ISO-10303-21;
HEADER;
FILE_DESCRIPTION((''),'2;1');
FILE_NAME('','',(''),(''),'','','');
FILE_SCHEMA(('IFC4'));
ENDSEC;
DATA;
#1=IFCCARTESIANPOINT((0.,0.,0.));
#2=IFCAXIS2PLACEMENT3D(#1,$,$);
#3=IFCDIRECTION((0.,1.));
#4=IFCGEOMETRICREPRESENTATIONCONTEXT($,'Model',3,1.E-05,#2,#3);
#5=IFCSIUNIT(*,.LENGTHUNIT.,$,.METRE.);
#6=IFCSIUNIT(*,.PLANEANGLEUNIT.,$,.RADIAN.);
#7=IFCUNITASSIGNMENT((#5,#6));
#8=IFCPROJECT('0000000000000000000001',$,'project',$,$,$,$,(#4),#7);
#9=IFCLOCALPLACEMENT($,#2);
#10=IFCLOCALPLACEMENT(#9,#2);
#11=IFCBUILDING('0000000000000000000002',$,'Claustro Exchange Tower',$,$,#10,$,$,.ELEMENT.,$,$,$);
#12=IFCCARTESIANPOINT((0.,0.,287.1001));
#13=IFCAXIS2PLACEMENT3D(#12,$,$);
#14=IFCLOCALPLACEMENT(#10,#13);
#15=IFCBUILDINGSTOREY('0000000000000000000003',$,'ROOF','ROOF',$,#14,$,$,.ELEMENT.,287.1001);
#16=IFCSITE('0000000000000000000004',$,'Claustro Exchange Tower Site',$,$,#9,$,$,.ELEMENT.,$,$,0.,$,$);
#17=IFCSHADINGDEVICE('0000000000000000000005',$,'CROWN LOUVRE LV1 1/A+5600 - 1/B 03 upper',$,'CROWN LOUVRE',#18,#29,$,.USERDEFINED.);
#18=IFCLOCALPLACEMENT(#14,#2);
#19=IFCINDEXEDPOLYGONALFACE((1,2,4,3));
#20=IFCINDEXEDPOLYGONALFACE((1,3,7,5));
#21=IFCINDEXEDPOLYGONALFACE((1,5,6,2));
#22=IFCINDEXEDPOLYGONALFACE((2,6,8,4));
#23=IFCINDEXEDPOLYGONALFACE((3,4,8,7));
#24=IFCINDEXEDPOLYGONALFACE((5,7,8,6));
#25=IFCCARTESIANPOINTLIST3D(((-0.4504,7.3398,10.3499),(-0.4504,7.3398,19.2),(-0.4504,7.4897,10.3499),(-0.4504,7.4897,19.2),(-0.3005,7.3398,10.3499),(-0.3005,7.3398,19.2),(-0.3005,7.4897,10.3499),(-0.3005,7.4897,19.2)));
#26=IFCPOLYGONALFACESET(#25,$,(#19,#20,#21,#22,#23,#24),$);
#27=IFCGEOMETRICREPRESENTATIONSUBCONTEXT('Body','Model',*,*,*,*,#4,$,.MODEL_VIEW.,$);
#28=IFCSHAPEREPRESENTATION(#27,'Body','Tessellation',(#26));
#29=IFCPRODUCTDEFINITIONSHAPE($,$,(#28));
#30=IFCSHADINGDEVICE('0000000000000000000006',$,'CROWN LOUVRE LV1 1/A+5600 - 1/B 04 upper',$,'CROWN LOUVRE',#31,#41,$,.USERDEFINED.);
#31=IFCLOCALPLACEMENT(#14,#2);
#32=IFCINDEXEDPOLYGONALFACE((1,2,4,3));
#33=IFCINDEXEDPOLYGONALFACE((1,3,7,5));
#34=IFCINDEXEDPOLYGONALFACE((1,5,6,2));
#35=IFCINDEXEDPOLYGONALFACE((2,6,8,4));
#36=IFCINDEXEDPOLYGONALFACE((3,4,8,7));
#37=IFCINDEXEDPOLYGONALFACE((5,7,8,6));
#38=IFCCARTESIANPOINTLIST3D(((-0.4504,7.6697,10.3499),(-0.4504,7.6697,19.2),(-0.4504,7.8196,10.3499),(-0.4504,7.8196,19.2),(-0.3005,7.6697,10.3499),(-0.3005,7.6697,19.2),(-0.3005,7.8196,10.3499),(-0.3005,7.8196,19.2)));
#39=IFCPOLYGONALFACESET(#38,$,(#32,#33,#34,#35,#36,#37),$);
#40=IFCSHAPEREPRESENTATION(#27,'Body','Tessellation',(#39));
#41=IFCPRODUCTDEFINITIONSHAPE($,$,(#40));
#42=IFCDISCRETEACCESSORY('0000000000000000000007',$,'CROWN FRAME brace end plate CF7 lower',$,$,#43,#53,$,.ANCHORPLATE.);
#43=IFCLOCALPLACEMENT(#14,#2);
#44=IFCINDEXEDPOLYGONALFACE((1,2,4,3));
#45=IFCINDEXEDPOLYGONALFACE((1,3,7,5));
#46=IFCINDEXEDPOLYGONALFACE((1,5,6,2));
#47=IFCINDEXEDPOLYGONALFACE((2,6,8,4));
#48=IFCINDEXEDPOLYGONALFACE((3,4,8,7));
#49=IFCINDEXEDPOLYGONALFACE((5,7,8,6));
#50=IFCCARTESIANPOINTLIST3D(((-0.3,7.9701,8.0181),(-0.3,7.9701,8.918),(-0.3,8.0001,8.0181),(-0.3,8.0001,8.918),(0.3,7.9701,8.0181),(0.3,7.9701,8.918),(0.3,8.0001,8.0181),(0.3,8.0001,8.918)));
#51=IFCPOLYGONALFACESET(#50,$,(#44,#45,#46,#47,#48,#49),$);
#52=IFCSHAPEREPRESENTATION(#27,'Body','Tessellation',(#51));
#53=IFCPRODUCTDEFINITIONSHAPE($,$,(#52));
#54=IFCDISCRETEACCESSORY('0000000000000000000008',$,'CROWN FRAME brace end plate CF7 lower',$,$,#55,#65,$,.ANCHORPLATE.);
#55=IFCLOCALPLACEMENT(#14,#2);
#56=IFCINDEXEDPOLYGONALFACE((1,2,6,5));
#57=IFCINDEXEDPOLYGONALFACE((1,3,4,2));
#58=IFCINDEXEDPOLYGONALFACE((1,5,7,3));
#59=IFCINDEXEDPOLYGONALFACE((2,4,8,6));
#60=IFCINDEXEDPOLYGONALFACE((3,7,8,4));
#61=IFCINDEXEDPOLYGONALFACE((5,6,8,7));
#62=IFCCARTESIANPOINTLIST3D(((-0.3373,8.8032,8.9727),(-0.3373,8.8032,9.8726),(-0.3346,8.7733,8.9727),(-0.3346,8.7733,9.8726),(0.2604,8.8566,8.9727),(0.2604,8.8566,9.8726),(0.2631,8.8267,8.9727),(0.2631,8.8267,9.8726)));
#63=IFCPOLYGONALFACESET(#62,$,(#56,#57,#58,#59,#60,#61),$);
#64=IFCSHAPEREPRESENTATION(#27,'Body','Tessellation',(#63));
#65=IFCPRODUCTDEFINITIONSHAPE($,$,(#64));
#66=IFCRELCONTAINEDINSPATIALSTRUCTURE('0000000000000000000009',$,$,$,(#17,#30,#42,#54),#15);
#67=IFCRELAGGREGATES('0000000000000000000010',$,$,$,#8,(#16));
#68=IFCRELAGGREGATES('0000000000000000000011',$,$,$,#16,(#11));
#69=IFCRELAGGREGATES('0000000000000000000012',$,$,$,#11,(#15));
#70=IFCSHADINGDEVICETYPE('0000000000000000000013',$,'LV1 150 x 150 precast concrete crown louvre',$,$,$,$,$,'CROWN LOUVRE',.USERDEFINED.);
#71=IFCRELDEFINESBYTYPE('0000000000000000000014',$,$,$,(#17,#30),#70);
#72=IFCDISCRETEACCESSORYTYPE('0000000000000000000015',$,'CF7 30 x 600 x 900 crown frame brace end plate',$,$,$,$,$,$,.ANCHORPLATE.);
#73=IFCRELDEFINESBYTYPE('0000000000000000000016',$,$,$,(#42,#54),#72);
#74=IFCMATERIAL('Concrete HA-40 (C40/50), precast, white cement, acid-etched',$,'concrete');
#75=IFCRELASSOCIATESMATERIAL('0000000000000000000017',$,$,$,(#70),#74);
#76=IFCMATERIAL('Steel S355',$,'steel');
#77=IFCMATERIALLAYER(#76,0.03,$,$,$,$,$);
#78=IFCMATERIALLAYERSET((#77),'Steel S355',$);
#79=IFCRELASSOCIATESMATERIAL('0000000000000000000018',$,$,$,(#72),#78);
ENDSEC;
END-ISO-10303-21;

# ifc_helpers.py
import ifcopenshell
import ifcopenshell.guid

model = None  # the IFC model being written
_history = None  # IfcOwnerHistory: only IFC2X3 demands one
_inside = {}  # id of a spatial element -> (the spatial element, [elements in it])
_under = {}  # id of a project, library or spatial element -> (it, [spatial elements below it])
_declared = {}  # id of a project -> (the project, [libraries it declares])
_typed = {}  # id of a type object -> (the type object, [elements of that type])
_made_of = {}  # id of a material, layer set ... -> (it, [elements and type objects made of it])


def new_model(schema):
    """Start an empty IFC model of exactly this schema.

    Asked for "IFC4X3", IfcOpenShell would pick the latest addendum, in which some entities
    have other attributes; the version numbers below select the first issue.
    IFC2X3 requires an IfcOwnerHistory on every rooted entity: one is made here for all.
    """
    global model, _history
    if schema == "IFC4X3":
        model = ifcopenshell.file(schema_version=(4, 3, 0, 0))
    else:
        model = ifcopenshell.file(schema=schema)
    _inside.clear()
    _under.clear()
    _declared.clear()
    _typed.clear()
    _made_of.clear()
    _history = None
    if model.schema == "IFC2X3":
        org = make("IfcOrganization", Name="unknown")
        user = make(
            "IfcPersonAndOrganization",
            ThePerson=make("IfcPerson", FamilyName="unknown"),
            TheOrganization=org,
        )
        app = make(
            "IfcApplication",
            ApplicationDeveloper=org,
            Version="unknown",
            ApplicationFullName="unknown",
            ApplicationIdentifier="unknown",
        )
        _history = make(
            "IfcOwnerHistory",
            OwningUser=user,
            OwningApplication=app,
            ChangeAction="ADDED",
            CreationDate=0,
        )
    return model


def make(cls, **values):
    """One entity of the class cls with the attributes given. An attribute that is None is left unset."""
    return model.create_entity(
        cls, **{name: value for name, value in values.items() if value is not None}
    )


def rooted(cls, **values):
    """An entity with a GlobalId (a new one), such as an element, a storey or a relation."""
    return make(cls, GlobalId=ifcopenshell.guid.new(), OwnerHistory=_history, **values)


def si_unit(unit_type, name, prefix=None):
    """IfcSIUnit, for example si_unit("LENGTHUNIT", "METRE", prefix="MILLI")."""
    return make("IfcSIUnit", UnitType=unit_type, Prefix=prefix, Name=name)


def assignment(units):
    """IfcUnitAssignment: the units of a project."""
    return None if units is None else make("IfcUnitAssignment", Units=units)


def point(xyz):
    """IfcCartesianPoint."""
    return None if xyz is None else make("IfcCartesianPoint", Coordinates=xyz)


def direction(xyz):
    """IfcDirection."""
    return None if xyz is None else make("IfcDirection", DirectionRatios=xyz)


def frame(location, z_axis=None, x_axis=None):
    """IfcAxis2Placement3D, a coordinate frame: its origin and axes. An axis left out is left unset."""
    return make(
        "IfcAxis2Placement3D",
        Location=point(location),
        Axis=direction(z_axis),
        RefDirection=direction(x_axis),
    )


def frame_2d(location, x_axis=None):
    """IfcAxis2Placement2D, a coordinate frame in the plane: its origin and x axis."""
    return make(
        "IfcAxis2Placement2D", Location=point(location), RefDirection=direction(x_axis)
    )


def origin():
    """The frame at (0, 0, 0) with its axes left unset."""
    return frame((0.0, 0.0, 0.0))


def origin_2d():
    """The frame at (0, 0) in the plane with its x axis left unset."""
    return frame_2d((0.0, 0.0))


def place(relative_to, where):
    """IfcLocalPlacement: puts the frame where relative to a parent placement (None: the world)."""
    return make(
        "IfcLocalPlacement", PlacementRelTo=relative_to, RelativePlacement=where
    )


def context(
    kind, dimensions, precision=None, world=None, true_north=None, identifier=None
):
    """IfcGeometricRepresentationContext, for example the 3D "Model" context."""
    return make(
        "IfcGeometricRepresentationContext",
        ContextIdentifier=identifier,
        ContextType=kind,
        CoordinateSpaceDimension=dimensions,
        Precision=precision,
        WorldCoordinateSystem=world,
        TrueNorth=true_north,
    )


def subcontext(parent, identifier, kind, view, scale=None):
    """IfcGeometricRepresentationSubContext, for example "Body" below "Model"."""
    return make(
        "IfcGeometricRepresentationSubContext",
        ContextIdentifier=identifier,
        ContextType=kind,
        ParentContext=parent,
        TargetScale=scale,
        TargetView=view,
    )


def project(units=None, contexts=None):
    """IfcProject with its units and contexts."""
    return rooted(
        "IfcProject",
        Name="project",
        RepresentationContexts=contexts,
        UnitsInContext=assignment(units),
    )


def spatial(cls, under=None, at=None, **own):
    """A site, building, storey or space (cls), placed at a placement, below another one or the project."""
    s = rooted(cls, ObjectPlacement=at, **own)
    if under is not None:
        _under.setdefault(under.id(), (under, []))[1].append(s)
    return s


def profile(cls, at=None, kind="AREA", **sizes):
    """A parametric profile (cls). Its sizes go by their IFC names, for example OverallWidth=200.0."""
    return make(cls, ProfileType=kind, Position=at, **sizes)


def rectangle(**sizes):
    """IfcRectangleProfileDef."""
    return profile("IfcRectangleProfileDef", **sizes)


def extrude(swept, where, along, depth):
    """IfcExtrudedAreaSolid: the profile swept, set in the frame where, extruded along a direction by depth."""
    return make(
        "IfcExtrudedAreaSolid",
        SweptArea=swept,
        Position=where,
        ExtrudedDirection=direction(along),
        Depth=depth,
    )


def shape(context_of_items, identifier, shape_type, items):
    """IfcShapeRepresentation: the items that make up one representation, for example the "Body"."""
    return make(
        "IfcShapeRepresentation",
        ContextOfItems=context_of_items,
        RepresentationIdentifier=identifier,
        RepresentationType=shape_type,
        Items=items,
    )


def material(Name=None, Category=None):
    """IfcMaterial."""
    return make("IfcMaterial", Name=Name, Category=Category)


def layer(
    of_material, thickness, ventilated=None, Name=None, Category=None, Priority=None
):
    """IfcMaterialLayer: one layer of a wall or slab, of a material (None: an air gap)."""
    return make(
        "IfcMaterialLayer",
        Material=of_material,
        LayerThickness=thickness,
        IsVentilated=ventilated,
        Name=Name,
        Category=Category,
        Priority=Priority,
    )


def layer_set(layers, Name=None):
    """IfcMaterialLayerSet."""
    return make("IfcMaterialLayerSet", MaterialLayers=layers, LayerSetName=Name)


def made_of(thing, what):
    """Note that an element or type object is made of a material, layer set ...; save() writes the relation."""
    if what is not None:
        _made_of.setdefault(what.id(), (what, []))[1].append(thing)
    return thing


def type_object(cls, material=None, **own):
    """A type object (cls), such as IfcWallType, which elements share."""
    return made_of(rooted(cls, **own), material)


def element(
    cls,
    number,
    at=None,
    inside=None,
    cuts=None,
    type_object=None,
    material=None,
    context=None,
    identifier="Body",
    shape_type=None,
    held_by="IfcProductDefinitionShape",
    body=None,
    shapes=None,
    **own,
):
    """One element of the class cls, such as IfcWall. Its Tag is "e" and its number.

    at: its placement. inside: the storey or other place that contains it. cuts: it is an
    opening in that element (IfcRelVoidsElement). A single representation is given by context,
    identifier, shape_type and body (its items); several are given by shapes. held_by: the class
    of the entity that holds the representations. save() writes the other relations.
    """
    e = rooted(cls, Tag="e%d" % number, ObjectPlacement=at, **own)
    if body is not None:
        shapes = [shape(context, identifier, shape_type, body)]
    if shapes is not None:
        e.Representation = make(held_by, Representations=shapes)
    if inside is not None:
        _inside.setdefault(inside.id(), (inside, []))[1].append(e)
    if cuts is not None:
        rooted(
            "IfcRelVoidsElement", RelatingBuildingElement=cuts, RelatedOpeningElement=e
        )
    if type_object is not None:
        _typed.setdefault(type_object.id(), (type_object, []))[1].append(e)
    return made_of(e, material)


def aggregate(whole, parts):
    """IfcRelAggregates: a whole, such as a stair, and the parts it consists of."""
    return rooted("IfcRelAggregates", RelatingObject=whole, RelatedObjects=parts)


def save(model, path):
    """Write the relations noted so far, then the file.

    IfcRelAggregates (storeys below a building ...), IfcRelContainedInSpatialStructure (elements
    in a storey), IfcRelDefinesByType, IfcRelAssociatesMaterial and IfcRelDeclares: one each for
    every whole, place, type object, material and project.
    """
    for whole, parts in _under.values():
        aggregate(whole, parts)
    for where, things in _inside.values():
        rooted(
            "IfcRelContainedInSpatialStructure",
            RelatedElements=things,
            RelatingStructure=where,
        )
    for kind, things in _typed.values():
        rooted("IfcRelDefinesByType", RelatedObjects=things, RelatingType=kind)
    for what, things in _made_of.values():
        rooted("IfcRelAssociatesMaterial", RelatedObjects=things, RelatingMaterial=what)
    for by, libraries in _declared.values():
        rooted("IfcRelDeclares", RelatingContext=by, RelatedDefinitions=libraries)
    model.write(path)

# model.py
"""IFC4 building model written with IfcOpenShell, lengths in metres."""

from ifc_helpers import new_model, si_unit, direction, frame, origin, origin_2d, place, context, subcontext, project, spatial, rectangle, extrude, material, layer, layer_set, type_object, element, save


model = new_model("IFC4")

# Units and contexts
model_context = context("Model", 3, precision=1e-05, world=origin(), true_north=direction((0.0, 1.0)))
body_context = subcontext(model_context, "Body", "Model", "MODEL_VIEW")
ifc_project = project(units=[si_unit("LENGTHUNIT", "METRE"), si_unit("PLANEANGLEUNIT", "RADIAN")], contexts=[model_context])

# Site, building, storey
site_placement = place(None, origin())
site = spatial("IfcSite", under=ifc_project, at=site_placement, Name="Claustro Exchange Tower Site", CompositionType="ELEMENT", RefElevation=0.0)
building_placement = place(site_placement, origin())
building = spatial("IfcBuilding", under=site, at=building_placement, Name="Claustro Exchange Tower", CompositionType="ELEMENT")
storey_placement = place(building_placement, frame((0.0, 0.0, 287.1001)))
storey = spatial("IfcBuildingStorey", under=building, at=storey_placement, Name="ROOF", Description="ROOF", CompositionType="ELEMENT", Elevation=287.1001)

# Shading devices
ifc_material_1 = material(Name="Concrete HA-40 (C40/50), precast, white cement, acid-etched", Category="concrete")
shading_device_type = type_object("IfcShadingDeviceType", Name="LV1 150 x 150 precast concrete crown louvre", ElementType="CROWN LOUVRE", PredefinedType="USERDEFINED", material=ifc_material_1)
for number, where, z_axis, x_axis, name in (
    (1, (-0.3755, 7.4148, 10.3499), (0.0, 0.0, 1.0), (0.0, 1.0, 0.0), "CROWN LOUVRE LV1 1/A+5600 - 1/B 03 upper"),
    (2, (-0.3755, 7.7446, 10.3499), (0.0, 0.0, 1.0), (0.0, 1.0, 0.0), "CROWN LOUVRE LV1 1/A+5600 - 1/B 04 upper"),
):
    element("IfcShadingDevice", number, at=place(storey_placement, frame(where, z_axis=z_axis, x_axis=x_axis)), inside=storey, type_object=shading_device_type, Name=name, ObjectType="CROWN LOUVRE", PredefinedType="USERDEFINED", context=body_context, shape_type="SweptSolid", body=[
        extrude(rectangle(XDim=0.1499, YDim=0.1499, at=origin_2d()), origin(), (0.0, 0.0, 1.0), 8.8501),
    ])

# Discrete accessories
ifc_material_2 = material(Name="Steel S355", Category="steel")
ifc_layer = layer(ifc_material_2, 0.03)
ifc_layer_set = layer_set([ifc_layer], Name="Steel S355")
discrete_accessory_type = type_object("IfcDiscreteAccessoryType", Name="CF7 30 x 600 x 900 crown frame brace end plate", PredefinedType="ANCHORPLATE", material=ifc_layer_set)
for number, where, z_axis, x_axis, name in (
    (3, (0.0, 7.9851, 8.0181), (0.0, 0.0, 1.0), (0.0, 1.0, 0.0), "CROWN FRAME brace end plate CF7 lower"),
    (4, (-0.0371, 8.8149, 8.9727), (0.0, 0.0, 1.0), (0.088933, -0.996038, 0.0), "CROWN FRAME brace end plate CF7 lower"),
):
    element("IfcDiscreteAccessory", number, at=place(storey_placement, frame(where, z_axis=z_axis, x_axis=x_axis)), inside=storey, type_object=discrete_accessory_type, Name=name, PredefinedType="ANCHORPLATE", context=body_context, shape_type="SweptSolid", body=[
        extrude(rectangle(XDim=0.03, YDim=0.6001, at=origin_2d()), origin(), (0.0, 0.0, 1.0), 0.8999),
    ])

save(model, "model.ifc")
